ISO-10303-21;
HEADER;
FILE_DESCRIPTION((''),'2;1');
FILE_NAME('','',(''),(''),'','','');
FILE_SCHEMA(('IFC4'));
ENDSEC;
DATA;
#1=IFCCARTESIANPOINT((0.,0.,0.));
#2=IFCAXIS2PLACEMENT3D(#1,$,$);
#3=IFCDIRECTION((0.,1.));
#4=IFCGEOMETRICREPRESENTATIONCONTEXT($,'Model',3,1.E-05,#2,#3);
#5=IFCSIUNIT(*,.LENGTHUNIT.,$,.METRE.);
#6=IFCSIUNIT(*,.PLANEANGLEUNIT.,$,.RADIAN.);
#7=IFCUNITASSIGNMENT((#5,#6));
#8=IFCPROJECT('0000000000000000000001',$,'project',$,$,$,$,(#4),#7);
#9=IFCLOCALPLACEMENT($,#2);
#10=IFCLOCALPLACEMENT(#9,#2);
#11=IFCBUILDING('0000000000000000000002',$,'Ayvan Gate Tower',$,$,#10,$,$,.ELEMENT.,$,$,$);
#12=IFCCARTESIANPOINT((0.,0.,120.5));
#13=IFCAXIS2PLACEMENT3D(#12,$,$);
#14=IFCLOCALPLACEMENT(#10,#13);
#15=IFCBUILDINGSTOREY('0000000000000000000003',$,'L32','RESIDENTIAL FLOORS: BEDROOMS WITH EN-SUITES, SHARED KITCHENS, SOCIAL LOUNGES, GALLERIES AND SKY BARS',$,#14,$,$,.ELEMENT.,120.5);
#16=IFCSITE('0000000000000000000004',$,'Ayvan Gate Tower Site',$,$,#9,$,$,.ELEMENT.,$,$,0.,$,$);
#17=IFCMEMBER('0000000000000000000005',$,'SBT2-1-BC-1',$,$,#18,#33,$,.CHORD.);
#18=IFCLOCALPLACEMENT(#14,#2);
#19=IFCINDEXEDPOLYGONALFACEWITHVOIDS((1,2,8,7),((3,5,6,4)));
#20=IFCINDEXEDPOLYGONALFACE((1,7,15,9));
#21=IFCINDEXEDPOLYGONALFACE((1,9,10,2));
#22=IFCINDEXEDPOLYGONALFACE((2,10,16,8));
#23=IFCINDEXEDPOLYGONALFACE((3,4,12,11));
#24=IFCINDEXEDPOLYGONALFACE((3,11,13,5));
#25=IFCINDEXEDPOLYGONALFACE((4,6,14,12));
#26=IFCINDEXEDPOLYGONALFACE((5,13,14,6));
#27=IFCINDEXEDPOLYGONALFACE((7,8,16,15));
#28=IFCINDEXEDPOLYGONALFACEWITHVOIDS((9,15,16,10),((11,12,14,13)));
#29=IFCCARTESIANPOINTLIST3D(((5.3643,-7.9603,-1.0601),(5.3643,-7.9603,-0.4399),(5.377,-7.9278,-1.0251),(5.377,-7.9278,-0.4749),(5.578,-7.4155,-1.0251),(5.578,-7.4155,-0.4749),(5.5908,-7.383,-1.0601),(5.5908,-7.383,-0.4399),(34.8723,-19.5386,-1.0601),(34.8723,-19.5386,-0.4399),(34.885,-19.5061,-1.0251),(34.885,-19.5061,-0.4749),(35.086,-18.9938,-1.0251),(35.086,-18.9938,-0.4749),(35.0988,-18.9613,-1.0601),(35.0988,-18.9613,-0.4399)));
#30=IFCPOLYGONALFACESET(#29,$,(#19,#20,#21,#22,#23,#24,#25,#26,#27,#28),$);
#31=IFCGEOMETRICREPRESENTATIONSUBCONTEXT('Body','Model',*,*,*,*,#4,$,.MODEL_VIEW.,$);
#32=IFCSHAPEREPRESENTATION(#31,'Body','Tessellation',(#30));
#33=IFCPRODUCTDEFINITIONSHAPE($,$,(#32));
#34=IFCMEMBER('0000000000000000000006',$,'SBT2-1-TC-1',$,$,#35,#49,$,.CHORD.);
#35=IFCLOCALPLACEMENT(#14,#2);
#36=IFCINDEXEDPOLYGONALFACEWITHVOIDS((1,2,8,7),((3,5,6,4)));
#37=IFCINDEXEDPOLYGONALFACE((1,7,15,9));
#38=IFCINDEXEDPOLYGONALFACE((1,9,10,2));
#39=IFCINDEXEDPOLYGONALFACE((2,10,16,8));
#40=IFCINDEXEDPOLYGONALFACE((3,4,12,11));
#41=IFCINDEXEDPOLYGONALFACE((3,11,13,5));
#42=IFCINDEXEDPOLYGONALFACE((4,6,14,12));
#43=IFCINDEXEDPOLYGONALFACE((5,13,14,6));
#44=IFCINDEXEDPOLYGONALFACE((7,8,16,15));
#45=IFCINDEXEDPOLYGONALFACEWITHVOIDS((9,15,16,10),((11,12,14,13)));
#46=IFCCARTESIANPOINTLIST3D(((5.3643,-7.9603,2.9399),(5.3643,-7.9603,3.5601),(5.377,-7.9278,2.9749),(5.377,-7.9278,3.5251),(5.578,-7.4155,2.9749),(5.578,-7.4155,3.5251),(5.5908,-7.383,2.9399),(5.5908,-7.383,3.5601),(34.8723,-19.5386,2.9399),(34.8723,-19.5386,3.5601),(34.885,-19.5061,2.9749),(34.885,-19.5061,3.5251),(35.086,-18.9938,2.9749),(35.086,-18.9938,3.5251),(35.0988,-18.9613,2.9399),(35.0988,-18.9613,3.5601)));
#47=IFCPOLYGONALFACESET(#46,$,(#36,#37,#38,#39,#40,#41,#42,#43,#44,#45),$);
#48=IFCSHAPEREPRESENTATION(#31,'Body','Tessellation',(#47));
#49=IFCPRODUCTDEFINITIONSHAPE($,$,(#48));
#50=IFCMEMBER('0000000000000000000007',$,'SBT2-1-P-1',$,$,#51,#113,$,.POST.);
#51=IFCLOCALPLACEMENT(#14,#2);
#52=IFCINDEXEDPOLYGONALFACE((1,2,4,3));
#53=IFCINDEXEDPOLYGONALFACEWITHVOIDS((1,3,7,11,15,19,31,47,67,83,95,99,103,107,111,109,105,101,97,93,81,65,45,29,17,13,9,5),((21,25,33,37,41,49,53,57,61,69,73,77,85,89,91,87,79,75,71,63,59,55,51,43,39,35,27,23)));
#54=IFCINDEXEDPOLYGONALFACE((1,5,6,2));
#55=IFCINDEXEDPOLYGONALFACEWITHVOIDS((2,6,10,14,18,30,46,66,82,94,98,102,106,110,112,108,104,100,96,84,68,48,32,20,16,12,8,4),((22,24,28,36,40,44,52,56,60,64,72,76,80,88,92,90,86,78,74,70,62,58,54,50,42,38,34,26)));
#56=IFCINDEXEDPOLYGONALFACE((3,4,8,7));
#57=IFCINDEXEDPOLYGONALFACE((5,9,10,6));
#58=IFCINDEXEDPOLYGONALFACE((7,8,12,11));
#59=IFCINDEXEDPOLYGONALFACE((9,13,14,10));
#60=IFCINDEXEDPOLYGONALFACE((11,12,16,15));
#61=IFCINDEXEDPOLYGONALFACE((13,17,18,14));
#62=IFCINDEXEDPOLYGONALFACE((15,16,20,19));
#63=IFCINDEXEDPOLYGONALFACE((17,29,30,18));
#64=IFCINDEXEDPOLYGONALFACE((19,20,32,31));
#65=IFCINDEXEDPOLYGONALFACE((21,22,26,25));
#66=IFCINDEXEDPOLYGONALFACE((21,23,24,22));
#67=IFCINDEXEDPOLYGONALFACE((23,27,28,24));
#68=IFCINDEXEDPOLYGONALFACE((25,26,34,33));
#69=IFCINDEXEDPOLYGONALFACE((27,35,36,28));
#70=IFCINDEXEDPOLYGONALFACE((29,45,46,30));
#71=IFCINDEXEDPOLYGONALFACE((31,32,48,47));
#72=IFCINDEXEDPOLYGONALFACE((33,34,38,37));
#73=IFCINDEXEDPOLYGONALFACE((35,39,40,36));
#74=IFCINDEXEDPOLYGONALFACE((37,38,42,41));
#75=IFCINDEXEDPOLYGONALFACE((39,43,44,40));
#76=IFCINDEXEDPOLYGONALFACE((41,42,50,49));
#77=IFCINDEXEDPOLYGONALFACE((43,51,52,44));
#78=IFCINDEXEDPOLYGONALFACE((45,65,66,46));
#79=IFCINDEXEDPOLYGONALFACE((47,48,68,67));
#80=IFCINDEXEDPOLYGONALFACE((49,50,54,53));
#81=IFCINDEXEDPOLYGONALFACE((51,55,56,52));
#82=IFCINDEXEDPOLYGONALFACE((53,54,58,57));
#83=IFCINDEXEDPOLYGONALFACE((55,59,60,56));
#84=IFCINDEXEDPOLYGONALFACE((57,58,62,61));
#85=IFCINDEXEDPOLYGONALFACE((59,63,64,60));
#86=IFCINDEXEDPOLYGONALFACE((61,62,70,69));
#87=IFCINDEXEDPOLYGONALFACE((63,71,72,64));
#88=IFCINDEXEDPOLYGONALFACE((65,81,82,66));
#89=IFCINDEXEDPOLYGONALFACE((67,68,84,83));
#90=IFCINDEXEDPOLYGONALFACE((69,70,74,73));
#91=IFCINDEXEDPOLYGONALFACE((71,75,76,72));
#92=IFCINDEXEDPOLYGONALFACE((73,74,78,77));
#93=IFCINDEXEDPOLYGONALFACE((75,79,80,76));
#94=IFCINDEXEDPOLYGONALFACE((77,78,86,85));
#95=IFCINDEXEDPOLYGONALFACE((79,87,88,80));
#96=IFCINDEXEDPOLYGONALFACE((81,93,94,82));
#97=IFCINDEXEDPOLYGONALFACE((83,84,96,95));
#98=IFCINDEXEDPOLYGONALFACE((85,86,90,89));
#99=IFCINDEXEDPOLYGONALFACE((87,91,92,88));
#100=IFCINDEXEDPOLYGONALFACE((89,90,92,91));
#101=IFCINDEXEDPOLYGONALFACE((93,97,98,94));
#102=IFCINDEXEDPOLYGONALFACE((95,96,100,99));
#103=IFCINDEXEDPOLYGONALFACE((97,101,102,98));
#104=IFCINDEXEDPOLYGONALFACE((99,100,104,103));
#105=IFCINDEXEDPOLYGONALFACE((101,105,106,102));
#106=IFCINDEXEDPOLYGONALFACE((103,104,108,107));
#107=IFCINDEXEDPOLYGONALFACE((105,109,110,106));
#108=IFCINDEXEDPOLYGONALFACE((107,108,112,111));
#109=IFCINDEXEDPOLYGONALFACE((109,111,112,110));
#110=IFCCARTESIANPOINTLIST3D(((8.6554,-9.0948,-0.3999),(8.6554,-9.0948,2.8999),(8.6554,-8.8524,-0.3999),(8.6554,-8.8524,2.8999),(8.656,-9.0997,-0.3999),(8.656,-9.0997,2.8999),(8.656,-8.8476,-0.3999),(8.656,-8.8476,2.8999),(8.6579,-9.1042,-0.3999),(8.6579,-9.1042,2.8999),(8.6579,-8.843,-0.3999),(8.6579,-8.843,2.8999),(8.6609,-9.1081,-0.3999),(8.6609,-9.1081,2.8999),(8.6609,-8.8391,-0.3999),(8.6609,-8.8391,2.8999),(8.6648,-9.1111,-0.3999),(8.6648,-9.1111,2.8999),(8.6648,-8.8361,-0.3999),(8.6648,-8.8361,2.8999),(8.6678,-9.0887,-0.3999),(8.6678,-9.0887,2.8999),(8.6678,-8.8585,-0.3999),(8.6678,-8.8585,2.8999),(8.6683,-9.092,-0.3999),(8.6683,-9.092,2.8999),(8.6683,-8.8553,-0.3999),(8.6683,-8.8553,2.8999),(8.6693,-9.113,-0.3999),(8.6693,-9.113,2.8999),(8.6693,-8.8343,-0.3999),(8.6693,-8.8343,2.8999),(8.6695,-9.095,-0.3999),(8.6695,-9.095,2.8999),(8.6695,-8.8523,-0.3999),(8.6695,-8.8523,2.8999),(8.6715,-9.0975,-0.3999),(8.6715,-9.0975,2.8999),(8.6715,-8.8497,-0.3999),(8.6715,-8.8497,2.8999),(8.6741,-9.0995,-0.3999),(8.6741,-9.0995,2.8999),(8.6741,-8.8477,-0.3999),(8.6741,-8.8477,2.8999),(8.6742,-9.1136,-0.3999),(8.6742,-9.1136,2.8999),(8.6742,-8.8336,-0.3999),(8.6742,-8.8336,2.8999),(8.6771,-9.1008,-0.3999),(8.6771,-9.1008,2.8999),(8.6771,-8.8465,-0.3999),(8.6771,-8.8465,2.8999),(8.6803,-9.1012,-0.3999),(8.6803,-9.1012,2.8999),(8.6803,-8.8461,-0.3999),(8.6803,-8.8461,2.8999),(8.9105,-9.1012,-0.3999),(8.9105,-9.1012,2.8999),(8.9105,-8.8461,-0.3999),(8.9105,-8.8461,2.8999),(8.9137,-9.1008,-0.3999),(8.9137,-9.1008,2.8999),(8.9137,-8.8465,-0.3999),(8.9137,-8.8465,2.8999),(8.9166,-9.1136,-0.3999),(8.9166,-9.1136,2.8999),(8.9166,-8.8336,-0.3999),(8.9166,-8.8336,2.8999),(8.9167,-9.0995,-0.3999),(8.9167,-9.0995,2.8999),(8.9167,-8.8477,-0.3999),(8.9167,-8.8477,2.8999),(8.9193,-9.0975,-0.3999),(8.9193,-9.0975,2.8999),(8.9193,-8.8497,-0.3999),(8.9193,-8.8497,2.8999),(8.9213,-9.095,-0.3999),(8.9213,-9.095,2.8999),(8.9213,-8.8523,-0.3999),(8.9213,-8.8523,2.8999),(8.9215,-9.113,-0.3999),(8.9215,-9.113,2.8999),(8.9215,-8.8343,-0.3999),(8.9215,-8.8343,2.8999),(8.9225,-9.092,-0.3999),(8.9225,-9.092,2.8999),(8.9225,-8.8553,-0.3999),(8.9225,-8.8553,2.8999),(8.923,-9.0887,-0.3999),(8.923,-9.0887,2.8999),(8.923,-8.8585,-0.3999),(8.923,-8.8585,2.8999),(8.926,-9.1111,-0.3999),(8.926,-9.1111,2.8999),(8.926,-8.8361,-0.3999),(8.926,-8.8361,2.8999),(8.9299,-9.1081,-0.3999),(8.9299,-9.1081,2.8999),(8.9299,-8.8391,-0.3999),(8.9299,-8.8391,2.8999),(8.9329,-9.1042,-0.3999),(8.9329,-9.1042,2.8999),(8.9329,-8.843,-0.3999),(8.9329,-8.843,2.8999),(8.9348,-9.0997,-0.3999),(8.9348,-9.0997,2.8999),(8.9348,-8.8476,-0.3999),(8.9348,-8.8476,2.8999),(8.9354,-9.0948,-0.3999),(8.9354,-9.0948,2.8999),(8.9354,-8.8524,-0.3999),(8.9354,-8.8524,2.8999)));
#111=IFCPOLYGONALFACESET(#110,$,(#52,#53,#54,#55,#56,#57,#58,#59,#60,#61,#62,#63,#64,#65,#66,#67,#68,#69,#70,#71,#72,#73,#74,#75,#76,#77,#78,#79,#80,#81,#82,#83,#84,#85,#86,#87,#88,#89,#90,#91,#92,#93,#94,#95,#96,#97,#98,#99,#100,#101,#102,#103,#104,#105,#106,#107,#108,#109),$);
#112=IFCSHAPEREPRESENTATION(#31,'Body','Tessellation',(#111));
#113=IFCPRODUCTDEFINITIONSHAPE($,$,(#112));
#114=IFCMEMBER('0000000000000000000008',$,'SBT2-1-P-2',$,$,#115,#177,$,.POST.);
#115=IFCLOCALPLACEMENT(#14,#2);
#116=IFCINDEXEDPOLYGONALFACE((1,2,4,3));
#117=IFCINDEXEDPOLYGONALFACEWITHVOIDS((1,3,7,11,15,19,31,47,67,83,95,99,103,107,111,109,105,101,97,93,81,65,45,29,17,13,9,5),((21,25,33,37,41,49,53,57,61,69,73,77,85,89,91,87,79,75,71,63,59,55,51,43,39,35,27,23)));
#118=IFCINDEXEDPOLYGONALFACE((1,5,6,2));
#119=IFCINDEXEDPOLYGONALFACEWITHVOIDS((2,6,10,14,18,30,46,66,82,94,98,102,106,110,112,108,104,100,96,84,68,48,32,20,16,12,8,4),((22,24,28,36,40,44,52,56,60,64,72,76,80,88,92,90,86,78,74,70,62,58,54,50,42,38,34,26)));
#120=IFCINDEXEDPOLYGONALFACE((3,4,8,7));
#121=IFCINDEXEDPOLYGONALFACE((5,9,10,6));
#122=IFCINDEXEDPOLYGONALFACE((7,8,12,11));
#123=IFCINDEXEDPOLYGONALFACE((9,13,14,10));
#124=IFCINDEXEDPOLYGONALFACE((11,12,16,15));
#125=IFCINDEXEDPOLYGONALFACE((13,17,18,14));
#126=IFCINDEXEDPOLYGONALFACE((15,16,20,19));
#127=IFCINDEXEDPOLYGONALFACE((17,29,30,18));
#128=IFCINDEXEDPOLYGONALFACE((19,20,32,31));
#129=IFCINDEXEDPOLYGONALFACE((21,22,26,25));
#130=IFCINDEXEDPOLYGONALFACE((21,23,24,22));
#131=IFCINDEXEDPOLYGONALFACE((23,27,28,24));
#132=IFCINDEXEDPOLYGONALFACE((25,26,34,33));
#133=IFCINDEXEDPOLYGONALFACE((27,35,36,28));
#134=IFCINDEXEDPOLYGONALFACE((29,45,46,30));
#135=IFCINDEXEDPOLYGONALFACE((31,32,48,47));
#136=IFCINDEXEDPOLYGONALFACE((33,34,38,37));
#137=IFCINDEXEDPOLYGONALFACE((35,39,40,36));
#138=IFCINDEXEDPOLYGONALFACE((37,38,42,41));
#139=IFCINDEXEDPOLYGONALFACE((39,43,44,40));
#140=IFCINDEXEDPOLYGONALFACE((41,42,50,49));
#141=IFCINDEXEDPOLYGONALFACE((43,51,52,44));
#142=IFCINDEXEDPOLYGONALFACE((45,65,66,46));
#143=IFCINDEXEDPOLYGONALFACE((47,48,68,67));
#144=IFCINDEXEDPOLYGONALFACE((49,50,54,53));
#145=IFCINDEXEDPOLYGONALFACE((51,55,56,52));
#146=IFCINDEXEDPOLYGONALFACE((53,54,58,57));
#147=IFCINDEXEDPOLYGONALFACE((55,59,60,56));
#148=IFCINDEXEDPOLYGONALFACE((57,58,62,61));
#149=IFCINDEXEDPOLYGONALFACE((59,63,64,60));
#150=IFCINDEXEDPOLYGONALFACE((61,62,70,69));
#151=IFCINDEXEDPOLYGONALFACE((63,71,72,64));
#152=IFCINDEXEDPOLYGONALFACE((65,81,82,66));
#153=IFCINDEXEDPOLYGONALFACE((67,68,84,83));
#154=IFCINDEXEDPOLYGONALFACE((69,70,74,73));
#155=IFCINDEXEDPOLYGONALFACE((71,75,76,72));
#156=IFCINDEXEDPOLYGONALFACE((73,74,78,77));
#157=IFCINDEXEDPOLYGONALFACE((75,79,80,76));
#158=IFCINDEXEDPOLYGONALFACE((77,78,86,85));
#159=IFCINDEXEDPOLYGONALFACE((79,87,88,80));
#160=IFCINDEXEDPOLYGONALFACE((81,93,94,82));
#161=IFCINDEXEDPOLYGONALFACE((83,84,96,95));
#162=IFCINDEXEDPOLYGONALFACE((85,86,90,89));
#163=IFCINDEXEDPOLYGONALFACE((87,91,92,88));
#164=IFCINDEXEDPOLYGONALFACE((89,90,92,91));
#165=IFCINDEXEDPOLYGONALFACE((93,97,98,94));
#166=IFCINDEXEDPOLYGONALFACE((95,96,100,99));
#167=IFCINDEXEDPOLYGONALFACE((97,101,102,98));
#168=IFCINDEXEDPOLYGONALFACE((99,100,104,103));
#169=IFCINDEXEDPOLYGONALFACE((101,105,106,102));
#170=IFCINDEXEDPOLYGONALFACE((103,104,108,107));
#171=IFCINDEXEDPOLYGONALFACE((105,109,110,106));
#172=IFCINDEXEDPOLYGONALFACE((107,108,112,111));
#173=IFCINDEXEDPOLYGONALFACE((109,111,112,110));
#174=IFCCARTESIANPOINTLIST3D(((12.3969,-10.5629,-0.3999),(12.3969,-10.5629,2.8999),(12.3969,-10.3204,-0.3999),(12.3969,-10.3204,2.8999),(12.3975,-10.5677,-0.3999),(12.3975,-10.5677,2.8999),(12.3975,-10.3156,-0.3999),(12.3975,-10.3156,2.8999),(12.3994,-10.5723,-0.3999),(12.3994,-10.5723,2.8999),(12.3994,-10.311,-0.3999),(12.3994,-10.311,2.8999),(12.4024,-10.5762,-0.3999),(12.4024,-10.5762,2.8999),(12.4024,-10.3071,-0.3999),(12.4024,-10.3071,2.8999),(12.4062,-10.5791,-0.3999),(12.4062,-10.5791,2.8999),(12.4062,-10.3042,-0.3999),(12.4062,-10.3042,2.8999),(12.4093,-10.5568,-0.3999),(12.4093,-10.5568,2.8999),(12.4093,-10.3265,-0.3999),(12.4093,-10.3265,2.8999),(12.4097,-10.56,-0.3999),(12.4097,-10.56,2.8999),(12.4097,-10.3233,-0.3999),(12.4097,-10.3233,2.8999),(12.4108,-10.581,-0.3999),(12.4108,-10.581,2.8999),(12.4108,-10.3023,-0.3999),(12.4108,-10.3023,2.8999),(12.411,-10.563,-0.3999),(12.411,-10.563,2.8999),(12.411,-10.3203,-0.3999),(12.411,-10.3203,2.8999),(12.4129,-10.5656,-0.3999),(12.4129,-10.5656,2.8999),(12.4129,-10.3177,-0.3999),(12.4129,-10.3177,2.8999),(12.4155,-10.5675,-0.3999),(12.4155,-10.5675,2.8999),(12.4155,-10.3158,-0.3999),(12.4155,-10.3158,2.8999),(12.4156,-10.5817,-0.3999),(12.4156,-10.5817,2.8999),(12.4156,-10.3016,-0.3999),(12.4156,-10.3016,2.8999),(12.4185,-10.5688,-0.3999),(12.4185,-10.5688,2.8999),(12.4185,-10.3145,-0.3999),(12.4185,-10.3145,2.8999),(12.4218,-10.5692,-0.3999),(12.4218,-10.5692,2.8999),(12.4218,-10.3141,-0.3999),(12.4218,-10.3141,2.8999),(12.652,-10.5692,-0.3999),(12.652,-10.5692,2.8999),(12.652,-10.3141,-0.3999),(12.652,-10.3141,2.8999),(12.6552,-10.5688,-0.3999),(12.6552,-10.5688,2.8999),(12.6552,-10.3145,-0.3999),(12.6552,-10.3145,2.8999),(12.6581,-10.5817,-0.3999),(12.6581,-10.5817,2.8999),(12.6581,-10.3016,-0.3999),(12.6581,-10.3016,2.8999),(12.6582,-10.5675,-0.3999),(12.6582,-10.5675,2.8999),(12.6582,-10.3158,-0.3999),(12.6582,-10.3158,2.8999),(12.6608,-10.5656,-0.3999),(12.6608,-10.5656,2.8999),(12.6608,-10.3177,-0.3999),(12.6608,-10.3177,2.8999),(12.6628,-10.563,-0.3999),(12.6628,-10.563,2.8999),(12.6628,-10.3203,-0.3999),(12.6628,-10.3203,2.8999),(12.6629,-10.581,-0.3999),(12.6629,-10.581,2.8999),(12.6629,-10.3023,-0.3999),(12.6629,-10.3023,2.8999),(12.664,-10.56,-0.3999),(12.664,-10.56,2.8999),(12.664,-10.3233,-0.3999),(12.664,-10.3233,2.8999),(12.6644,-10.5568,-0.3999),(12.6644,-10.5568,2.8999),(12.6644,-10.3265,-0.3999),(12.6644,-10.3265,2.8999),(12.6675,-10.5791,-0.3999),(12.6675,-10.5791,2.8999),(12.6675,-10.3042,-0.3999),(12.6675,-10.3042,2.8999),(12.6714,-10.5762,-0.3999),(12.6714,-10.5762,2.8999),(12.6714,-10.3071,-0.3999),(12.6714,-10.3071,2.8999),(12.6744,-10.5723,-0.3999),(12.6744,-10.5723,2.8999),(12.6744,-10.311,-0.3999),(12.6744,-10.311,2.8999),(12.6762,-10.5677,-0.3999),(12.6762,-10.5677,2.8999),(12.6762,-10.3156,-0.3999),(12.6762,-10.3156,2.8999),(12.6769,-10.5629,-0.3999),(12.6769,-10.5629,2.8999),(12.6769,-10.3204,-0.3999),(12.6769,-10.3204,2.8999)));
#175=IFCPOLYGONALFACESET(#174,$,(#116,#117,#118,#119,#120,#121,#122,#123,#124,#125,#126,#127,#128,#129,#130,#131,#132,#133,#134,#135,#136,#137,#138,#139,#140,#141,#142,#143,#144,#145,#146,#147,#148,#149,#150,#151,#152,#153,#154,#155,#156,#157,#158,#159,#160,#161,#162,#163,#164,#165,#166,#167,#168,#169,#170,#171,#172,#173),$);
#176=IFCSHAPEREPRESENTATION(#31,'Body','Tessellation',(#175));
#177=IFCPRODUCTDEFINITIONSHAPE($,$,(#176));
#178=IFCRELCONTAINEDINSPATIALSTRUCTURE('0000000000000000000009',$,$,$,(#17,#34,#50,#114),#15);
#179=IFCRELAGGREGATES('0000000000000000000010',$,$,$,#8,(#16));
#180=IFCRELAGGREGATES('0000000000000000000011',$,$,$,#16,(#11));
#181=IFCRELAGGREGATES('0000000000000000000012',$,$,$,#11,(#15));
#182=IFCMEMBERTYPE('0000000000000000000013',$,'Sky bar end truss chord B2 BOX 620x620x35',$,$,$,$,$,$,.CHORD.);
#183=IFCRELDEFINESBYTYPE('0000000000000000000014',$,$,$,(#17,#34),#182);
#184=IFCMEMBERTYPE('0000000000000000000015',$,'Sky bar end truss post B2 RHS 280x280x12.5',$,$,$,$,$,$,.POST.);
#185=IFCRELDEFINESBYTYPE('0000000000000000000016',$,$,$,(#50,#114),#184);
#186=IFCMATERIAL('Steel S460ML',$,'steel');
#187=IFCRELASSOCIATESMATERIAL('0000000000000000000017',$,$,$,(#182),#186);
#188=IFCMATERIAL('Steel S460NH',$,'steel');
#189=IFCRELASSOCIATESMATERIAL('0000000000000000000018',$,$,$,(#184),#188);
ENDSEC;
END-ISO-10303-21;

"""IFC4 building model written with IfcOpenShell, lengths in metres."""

from ifc_helpers import new_model, si_unit, direction, frame, origin, origin_2d, place, context, subcontext, project, spatial, hollow_rectangle, extrude, material, material_profile, profile_set, type_object, element, save


model = new_model("IFC4")

# Units and contexts
model_context = context("Model", 3, precision=1e-05, world=origin(), true_north=direction((0.0, 1.0)))
body_context = subcontext(model_context, "Body", "Model", "MODEL_VIEW")
ifc_project = project(units=[si_unit("LENGTHUNIT", "METRE"), si_unit("PLANEANGLEUNIT", "RADIAN")], contexts=[model_context])

# Site, building, storey
site_placement = place(None, origin())
site = spatial("IfcSite", under=ifc_project, at=site_placement, Name="Ayvan Gate Tower Site", CompositionType="ELEMENT", RefElevation=0.0)
building_placement = place(site_placement, origin())
building = spatial("IfcBuilding", under=site, at=building_placement, Name="Ayvan Gate Tower", CompositionType="ELEMENT")
storey_placement = place(building_placement, frame((0.0, 0.0, 120.5)))
storey = spatial("IfcBuildingStorey", under=building, at=storey_placement, Name="L32", Description="RESIDENTIAL FLOORS: BEDROOMS WITH EN-SUITES, SHARED KITCHENS, SOCIAL LOUNGES, GALLERIES AND SKY BARS", CompositionType="ELEMENT", Elevation=120.5)

# Members
ifc_material_1 = material(Name="Steel S460ML", Category="steel")
ifc_material_profile_1 = material_profile(ifc_material_1, hollow_rectangle(XDim=0.6201, YDim=0.6201, WallThickness=0.0349, at=origin_2d()), Name="BOX 620x620x35")
ifc_profile_set_1 = profile_set([ifc_material_profile_1], Name="Steel S460ML")
member_type_1 = type_object("IfcMemberType", Name="Sky bar end truss chord B2 BOX 620x620x35", PredefinedType="CHORD", material=ifc_profile_set_1)
for number, where, z_axis, x_axis, name in (
    (1, (5.4775, -7.6716, -0.75), (0.930903, -0.365267, 0.0), (0.365267, 0.930903, 0.0), "SBT2-1-BC-1"),
    (2, (5.4775, -7.6716, 3.25), (0.930903, -0.365267, 0.0), (0.365267, 0.930903, 0.0), "SBT2-1-TC-1"),
):
    element("IfcMember", number, at=place(storey_placement, frame(where, z_axis=z_axis, x_axis=x_axis)), inside=storey, type_object=member_type_1, Name=name, PredefinedType="CHORD", context=body_context, shape_type="SweptSolid", body=[
        extrude(hollow_rectangle(XDim=0.6201, YDim=0.6201, WallThickness=0.0349, at=origin_2d()), origin(), (0.0, 0.0, 1.0), 31.6982),
    ])
ifc_material_2 = material(Name="Steel S460NH", Category="steel")
ifc_material_profile_2 = material_profile(ifc_material_2, hollow_rectangle(XDim=0.28, YDim=0.28, WallThickness=0.0125, InnerFilletRadius=0.0125, OuterFilletRadius=0.0188, at=origin_2d()), Name="RHS 280x280x12.5")
ifc_profile_set_2 = profile_set([ifc_material_profile_2], Name="Steel S460NH")
member_type_2 = type_object("IfcMemberType", Name="Sky bar end truss post B2 RHS 280x280x12.5", PredefinedType="POST", material=ifc_profile_set_2)
for number, where, z_axis, x_axis, name in (
    (3, (8.7954, -8.9736, -0.3999), (0.0, 0.0, 1.0), (1.0, 0.0, 0.0), "SBT2-1-P-1"),
    (4, (12.5369, -10.4417, -0.3999), (0.0, 0.0, 1.0), (1.0, 0.0, 0.0), "SBT2-1-P-2"),
):
    element("IfcMember", number, at=place(storey_placement, frame(where, z_axis=z_axis, x_axis=x_axis)), inside=storey, type_object=member_type_2, Name=name, PredefinedType="POST", context=body_context, shape_type="SweptSolid", body=[
        extrude(hollow_rectangle(XDim=0.28, YDim=0.28, WallThickness=0.0125, InnerFilletRadius=0.0125, OuterFilletRadius=0.0188, at=origin_2d()), origin(), (0.0, 0.0, 1.0), 3.2998),
    ])

save(model, "model.ifc")
